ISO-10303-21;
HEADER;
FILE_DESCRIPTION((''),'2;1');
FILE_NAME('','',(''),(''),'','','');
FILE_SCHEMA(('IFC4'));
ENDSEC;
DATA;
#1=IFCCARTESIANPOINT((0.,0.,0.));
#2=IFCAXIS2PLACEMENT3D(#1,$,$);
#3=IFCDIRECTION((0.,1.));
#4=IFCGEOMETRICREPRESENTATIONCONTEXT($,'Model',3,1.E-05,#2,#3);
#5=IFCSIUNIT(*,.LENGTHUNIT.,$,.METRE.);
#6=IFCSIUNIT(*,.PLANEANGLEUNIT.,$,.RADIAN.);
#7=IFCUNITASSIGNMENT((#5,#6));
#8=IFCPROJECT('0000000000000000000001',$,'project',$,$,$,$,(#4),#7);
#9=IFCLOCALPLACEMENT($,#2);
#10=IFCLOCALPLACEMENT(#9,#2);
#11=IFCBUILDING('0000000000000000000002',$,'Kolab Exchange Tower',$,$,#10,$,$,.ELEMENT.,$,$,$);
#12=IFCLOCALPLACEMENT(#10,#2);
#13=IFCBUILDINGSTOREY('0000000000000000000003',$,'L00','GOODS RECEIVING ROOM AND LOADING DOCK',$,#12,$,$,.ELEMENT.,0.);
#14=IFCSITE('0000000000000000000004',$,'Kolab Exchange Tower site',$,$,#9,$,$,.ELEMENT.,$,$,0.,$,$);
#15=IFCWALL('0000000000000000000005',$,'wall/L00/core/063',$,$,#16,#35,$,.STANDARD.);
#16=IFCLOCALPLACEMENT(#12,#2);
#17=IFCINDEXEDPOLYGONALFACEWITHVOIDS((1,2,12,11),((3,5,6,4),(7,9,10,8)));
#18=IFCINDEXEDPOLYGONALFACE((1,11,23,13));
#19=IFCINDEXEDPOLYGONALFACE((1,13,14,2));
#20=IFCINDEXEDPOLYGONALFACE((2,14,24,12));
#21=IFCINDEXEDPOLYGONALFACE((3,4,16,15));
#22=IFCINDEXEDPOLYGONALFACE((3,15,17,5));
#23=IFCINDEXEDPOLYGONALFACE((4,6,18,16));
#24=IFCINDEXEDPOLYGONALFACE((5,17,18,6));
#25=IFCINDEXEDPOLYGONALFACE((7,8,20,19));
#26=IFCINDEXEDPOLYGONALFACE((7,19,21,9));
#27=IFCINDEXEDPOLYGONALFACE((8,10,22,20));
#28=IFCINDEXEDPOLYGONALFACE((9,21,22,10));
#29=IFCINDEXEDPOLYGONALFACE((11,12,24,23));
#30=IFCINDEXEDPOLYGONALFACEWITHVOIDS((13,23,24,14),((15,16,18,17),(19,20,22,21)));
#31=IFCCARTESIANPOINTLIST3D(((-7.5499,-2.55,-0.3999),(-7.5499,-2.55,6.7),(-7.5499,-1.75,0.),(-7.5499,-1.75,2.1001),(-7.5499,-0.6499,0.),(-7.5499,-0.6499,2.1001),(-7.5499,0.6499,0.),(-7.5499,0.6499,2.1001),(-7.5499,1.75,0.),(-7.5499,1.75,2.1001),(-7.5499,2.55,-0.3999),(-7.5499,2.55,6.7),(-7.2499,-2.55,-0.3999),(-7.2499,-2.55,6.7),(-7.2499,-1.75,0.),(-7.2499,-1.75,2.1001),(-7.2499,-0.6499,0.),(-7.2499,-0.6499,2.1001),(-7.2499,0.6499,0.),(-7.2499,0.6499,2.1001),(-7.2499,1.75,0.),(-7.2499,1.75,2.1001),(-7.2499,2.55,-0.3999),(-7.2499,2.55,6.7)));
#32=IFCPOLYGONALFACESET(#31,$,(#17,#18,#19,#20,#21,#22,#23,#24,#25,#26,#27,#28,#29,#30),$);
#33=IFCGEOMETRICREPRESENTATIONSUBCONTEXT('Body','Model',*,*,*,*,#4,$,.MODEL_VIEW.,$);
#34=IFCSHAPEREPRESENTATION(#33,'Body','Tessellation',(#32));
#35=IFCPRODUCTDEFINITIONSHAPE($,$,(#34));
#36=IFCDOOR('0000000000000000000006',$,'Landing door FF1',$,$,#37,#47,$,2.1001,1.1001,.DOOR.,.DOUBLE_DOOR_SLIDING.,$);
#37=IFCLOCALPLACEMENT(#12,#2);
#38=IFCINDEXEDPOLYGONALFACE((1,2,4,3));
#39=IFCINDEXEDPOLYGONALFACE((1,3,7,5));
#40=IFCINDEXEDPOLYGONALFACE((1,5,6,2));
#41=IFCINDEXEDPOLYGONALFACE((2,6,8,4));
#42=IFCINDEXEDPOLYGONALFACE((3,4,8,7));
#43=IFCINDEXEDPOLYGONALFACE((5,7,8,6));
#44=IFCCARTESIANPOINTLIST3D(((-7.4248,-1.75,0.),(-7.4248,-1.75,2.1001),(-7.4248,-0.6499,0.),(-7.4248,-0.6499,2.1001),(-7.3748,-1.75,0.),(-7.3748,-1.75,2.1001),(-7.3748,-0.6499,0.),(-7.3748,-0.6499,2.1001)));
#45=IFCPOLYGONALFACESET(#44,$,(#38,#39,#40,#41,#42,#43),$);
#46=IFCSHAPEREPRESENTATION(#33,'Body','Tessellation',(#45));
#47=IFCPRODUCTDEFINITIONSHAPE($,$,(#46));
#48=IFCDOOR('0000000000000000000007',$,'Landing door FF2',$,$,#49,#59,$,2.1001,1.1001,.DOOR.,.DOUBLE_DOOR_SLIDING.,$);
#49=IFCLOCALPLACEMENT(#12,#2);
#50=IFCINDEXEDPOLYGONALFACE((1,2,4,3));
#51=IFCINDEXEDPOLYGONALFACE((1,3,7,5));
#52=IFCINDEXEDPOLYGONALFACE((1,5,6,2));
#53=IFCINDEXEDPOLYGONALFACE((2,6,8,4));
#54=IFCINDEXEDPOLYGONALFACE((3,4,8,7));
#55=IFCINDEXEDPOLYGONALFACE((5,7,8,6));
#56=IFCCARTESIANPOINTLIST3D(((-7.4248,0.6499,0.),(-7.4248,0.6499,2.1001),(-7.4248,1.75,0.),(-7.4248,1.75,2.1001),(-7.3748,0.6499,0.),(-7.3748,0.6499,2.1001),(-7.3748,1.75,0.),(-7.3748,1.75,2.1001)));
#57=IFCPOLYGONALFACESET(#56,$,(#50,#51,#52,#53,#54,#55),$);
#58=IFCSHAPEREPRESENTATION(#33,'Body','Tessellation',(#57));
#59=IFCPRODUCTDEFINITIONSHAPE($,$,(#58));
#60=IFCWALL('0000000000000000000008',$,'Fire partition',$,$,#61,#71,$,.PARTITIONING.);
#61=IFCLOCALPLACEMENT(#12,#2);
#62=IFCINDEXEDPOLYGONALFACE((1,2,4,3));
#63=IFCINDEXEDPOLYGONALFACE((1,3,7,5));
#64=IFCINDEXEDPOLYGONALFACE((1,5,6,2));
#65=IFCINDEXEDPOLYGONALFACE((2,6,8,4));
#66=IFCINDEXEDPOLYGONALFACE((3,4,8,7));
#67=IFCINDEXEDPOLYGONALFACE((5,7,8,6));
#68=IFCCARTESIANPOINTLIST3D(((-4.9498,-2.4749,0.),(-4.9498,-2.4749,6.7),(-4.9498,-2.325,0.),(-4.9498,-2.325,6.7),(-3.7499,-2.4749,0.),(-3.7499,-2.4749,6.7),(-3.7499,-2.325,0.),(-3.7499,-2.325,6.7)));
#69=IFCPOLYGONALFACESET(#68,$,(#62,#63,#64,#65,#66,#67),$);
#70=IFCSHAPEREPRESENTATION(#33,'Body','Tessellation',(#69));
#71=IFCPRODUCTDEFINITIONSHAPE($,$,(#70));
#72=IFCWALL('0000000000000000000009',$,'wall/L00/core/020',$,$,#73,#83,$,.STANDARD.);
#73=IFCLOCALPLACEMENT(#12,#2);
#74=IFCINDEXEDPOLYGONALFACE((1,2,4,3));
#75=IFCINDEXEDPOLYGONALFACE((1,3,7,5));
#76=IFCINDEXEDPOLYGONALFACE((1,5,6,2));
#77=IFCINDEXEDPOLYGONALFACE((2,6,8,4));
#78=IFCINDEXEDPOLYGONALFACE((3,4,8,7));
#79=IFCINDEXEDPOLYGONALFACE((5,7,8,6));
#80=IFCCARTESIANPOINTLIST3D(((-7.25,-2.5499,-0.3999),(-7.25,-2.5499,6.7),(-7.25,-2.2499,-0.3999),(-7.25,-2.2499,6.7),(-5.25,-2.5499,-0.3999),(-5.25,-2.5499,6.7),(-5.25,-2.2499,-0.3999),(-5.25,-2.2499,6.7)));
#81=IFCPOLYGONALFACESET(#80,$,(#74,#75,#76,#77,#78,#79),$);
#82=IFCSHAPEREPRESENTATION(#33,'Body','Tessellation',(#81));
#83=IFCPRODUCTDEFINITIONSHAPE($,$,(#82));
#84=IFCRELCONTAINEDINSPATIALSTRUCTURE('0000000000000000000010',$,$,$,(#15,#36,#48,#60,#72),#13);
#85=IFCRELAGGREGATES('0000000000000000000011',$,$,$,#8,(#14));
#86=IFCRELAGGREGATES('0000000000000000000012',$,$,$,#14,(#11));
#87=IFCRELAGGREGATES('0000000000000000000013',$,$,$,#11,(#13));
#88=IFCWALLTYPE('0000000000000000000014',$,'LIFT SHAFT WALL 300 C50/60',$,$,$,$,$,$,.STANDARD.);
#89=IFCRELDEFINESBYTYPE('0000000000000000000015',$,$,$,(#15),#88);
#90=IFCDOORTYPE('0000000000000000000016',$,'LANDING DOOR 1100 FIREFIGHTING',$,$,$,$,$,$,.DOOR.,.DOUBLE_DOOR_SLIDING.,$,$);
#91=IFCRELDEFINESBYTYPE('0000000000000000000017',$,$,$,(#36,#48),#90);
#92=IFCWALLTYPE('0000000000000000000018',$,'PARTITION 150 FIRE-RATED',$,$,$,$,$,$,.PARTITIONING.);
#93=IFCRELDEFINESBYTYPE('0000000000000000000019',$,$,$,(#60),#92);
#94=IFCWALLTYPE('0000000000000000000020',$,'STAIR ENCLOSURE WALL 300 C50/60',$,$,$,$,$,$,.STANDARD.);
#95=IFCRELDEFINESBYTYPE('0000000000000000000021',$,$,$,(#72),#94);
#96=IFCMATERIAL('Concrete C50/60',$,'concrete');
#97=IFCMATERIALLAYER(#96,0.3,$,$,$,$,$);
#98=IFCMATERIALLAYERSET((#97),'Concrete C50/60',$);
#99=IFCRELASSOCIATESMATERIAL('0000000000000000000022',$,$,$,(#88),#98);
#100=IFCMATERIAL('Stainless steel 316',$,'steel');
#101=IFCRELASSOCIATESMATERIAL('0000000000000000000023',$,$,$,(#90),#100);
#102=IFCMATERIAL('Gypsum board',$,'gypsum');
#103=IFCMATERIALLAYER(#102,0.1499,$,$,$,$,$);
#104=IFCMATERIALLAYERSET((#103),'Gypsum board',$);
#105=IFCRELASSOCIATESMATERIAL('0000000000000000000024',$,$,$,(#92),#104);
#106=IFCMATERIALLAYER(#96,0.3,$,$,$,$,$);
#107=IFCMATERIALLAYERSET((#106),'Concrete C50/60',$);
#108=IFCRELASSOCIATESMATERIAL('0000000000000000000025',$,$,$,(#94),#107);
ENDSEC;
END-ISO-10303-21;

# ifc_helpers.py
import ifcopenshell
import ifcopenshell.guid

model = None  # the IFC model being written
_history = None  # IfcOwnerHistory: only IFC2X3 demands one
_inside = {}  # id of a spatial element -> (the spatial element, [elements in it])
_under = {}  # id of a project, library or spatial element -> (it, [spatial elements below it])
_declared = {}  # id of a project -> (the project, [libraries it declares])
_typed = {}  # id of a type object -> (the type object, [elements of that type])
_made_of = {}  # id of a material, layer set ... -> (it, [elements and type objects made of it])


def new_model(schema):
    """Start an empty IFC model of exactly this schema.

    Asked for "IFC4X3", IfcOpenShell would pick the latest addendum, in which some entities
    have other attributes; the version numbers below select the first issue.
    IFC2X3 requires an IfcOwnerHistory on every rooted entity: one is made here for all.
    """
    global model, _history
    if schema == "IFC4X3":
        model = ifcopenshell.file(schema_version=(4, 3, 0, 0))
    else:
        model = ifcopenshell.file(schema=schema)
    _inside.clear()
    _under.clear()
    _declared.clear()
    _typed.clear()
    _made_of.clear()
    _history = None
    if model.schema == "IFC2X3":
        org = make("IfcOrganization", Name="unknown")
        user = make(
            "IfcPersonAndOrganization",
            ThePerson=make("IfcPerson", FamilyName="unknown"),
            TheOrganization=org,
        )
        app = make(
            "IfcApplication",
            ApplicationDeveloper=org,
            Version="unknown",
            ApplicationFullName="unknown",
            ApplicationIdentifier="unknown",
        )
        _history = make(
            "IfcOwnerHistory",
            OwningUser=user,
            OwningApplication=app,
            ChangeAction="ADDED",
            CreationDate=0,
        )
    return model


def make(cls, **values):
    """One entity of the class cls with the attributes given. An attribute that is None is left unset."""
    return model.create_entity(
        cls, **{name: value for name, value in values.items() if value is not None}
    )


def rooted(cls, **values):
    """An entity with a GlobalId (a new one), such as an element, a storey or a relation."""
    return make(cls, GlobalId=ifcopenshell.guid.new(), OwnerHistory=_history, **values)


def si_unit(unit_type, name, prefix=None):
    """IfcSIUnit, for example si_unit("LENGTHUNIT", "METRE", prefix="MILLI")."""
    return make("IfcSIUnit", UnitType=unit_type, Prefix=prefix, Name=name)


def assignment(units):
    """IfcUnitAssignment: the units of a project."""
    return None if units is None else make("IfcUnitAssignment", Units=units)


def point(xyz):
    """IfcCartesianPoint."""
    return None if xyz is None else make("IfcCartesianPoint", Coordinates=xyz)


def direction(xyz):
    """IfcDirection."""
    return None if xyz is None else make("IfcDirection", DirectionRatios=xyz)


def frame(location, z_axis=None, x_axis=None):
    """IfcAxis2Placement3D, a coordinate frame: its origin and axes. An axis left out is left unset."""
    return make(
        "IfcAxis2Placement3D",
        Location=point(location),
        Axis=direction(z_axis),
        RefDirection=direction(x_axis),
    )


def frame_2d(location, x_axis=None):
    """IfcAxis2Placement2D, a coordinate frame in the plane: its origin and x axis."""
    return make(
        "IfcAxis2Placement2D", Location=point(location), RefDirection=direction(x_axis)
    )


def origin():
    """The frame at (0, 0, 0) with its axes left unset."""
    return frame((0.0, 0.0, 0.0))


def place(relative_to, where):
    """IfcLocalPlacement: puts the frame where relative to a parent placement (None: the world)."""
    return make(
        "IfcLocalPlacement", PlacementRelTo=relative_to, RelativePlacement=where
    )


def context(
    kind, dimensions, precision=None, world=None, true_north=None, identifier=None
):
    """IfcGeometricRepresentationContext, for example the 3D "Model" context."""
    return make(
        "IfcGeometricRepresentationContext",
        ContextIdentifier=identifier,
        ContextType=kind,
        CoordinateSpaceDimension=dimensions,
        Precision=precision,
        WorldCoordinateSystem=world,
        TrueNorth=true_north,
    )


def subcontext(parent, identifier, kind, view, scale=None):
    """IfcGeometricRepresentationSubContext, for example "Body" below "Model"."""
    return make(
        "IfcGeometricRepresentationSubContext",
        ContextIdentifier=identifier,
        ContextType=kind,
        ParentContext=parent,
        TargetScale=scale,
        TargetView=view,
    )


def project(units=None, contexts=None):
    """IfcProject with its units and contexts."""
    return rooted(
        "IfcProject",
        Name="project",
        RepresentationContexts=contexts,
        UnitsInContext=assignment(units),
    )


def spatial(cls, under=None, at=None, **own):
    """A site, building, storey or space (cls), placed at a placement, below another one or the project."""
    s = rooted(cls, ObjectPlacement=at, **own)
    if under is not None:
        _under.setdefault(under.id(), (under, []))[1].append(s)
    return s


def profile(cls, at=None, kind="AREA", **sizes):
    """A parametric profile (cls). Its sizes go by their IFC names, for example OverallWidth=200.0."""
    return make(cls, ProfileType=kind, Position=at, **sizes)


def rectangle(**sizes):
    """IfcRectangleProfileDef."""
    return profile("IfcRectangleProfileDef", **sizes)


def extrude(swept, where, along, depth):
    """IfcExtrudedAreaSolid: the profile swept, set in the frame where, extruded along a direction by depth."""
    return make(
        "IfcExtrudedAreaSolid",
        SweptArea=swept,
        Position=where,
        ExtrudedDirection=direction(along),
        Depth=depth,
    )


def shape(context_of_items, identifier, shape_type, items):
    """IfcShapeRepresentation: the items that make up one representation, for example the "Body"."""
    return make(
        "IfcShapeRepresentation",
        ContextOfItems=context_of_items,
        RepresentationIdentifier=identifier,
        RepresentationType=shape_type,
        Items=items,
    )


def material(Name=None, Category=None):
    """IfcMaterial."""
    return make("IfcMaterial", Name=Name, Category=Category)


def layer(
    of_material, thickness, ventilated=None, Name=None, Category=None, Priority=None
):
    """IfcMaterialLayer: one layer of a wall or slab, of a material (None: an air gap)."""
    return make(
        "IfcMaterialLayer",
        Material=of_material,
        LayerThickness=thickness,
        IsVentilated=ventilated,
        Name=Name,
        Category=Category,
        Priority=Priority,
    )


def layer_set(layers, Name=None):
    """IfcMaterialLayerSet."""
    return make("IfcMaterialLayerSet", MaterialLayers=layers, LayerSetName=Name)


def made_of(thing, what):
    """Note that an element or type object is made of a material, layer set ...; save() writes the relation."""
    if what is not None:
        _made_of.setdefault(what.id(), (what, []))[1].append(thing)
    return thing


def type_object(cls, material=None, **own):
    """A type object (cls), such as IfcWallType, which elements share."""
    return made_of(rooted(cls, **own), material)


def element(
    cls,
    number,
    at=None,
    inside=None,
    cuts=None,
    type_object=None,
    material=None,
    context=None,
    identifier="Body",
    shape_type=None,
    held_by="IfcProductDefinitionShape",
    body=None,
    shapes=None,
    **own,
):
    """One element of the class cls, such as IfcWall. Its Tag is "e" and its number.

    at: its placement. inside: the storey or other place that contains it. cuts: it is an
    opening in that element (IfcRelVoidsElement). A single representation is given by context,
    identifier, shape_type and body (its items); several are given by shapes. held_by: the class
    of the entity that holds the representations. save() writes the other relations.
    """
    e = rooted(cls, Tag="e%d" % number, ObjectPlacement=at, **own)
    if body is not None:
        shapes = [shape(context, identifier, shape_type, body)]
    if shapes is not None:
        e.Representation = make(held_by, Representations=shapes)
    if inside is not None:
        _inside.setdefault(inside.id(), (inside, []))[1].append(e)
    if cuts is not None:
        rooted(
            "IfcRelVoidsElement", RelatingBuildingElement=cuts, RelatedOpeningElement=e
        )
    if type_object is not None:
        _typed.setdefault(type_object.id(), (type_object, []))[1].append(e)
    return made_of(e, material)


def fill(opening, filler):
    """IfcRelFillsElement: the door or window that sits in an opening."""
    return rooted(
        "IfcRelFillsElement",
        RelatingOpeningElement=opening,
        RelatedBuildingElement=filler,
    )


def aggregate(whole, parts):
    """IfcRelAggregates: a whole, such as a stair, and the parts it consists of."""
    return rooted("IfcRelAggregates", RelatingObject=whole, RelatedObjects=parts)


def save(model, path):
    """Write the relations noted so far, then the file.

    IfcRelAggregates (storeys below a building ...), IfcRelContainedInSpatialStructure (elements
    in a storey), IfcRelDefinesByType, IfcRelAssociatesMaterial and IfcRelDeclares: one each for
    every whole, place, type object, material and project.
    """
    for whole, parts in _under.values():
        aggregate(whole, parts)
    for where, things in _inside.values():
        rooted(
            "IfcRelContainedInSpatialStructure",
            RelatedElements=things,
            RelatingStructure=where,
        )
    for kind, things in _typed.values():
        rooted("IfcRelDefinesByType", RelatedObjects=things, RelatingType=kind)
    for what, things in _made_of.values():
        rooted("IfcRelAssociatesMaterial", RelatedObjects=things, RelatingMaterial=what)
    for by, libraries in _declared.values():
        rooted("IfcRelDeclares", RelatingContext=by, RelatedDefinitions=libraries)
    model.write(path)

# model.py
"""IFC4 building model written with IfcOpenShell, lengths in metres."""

from ifc_helpers import new_model, si_unit, direction, frame, frame_2d, origin, place, context, subcontext, project, spatial, rectangle, extrude, material, layer, layer_set, type_object, element, fill, save


model = new_model("IFC4")

# Units and contexts
model_context = context("Model", 3, precision=1e-05, world=origin(), true_north=direction((0.0, 1.0)))
body_context = subcontext(model_context, "Body", "Model", "MODEL_VIEW")
ifc_project = project(units=[si_unit("LENGTHUNIT", "METRE"), si_unit("PLANEANGLEUNIT", "RADIAN")], contexts=[model_context])

# Site, building, storey
site_placement = place(None, origin())
site = spatial("IfcSite", under=ifc_project, at=site_placement, Name="Kolab Exchange Tower site", CompositionType="ELEMENT", RefElevation=0.0)
building_placement = place(site_placement, origin())
building = spatial("IfcBuilding", under=site, at=building_placement, Name="Kolab Exchange Tower", CompositionType="ELEMENT")
storey_placement = place(building_placement, origin())
storey = spatial("IfcBuildingStorey", under=building, at=storey_placement, Name="L00", Description="GOODS RECEIVING ROOM AND LOADING DOCK", CompositionType="ELEMENT", Elevation=0.0)

# Shared definitions
ifc_material_1 = material(Name="Concrete C50/60", Category="concrete")
ifc_layer_1 = layer(ifc_material_1, 0.3)
ifc_layer_set_1 = layer_set([ifc_layer_1], Name="Concrete C50/60")
wall_type_1 = type_object("IfcWallType", Name="LIFT SHAFT WALL 300 C50/60", PredefinedType="STANDARD", material=ifc_layer_set_1)

# Wall, openings, doors
wall_1_placement = place(storey_placement, frame((-7.3999, -2.55, -0.3999), z_axis=(0.0, 0.0, 1.0), x_axis=(0.0, 1.0, 0.0)))
wall_1 = element("IfcWall", 1, at=wall_1_placement, inside=storey, type_object=wall_type_1, Name="wall/L00/core/063", PredefinedType="STANDARD", context=body_context, shape_type="SweptSolid", body=[
    extrude(rectangle(XDim=5.1001, YDim=0.3, at=frame_2d((2.55, 0.0))), origin(), (0.0, 0.0, 1.0), 7.0999),
])
opening_1_placement = place(wall_1_placement, frame((0.8, 0.0, 0.3999)))
opening_1 = element("IfcOpeningElement", 2, at=opening_1_placement, cuts=wall_1, PredefinedType="OPENING", context=body_context, shape_type="SweptSolid", body=[
    extrude(rectangle(XDim=1.1001, YDim=2.1001, at=frame_2d((0.55, 1.05))), frame((0.0, 0.1602, 0.0), z_axis=(0.0, -1.0, 0.0), x_axis=(1.0, 0.0, 0.0)), (0.0, 0.0, 1.0), 0.3201),
])
opening_2_placement = place(wall_1_placement, frame((3.2, 0.0, 0.3999)))
opening_2 = element("IfcOpeningElement", 3, at=opening_2_placement, cuts=wall_1, PredefinedType="OPENING", context=body_context, shape_type="SweptSolid", body=[
    extrude(rectangle(XDim=1.1001, YDim=2.1001, at=frame_2d((0.55, 1.05))), frame((0.0, 0.1602, 0.0), z_axis=(0.0, -1.0, 0.0), x_axis=(1.0, 0.0, 0.0)), (0.0, 0.0, 1.0), 0.3201),
])
ifc_material_2 = material(Name="Stainless steel 316", Category="steel")
door_type_1 = type_object("IfcDoorType", Name="LANDING DOOR 1100 FIREFIGHTING", OperationType="DOUBLE_DOOR_SLIDING", PredefinedType="DOOR", material=ifc_material_2)
door_1_placement = place(opening_1_placement, origin())
door_1 = element("IfcDoor", 4, at=door_1_placement, inside=storey, type_object=door_type_1, Name="Landing door FF1", OperationType="DOUBLE_DOOR_SLIDING", OverallHeight=2.1001, OverallWidth=1.1001, PredefinedType="DOOR", context=body_context, shape_type="SweptSolid", body=[
    extrude(rectangle(XDim=1.1001, YDim=2.1001, at=frame_2d((0.55, 1.05))), frame((0.0, 0.0249, 0.0), z_axis=(0.0, -1.0, 0.0), x_axis=(1.0, 0.0, 0.0)), (0.0, 0.0, 1.0), 0.05),
])
fill(opening_1, door_1)
door_2_placement = place(opening_2_placement, origin())
door_2 = element("IfcDoor", 5, at=door_2_placement, inside=storey, type_object=door_type_1, Name="Landing door FF2", OperationType="DOUBLE_DOOR_SLIDING", OverallHeight=2.1001, OverallWidth=1.1001, PredefinedType="DOOR", context=body_context, shape_type="SweptSolid", body=[
    extrude(rectangle(XDim=1.1001, YDim=2.1001, at=frame_2d((0.55, 1.05))), frame((0.0, 0.0249, 0.0), z_axis=(0.0, -1.0, 0.0), x_axis=(1.0, 0.0, 0.0)), (0.0, 0.0, 1.0), 0.05),
])
fill(opening_2, door_2)

# Walls
ifc_material_3 = material(Name="Gypsum board", Category="gypsum")
ifc_layer_2 = layer(ifc_material_3, 0.1499)
ifc_layer_set_2 = layer_set([ifc_layer_2], Name="Gypsum board")
wall_type_2 = type_object("IfcWallType", Name="PARTITION 150 FIRE-RATED", PredefinedType="PARTITIONING", material=ifc_layer_set_2)
wall_2_placement = place(storey_placement, frame((-4.95, -2.3999, 0.0), z_axis=(0.0, 0.0, 1.0), x_axis=(1.0, 0.0, 0.0)))
element("IfcWall", 6, at=wall_2_placement, inside=storey, type_object=wall_type_2, Name="Fire partition", PredefinedType="PARTITIONING", context=body_context, shape_type="SweptSolid", body=[
    extrude(rectangle(XDim=1.2, YDim=0.1499, at=frame_2d((0.6001, 0.0))), origin(), (0.0, 0.0, 1.0), 6.7),
])
ifc_layer_3 = layer(ifc_material_1, 0.3)
ifc_layer_set_3 = layer_set([ifc_layer_3], Name="Concrete C50/60")
wall_type_3 = type_object("IfcWallType", Name="STAIR ENCLOSURE WALL 300 C50/60", PredefinedType="STANDARD", material=ifc_layer_set_3)
wall_3_placement = place(storey_placement, frame((-7.25, -2.3999, -0.3999), z_axis=(0.0, 0.0, 1.0), x_axis=(1.0, 0.0, 0.0)))
element("IfcWall", 7, at=wall_3_placement, inside=storey, type_object=wall_type_3, Name="wall/L00/core/020", PredefinedType="STANDARD", context=body_context, shape_type="SweptSolid", body=[
    extrude(rectangle(XDim=2.0, YDim=0.3, at=frame_2d((1.0, 0.0))), origin(), (0.0, 0.0, 1.0), 7.0999),
])

save(model, "model.ifc")
